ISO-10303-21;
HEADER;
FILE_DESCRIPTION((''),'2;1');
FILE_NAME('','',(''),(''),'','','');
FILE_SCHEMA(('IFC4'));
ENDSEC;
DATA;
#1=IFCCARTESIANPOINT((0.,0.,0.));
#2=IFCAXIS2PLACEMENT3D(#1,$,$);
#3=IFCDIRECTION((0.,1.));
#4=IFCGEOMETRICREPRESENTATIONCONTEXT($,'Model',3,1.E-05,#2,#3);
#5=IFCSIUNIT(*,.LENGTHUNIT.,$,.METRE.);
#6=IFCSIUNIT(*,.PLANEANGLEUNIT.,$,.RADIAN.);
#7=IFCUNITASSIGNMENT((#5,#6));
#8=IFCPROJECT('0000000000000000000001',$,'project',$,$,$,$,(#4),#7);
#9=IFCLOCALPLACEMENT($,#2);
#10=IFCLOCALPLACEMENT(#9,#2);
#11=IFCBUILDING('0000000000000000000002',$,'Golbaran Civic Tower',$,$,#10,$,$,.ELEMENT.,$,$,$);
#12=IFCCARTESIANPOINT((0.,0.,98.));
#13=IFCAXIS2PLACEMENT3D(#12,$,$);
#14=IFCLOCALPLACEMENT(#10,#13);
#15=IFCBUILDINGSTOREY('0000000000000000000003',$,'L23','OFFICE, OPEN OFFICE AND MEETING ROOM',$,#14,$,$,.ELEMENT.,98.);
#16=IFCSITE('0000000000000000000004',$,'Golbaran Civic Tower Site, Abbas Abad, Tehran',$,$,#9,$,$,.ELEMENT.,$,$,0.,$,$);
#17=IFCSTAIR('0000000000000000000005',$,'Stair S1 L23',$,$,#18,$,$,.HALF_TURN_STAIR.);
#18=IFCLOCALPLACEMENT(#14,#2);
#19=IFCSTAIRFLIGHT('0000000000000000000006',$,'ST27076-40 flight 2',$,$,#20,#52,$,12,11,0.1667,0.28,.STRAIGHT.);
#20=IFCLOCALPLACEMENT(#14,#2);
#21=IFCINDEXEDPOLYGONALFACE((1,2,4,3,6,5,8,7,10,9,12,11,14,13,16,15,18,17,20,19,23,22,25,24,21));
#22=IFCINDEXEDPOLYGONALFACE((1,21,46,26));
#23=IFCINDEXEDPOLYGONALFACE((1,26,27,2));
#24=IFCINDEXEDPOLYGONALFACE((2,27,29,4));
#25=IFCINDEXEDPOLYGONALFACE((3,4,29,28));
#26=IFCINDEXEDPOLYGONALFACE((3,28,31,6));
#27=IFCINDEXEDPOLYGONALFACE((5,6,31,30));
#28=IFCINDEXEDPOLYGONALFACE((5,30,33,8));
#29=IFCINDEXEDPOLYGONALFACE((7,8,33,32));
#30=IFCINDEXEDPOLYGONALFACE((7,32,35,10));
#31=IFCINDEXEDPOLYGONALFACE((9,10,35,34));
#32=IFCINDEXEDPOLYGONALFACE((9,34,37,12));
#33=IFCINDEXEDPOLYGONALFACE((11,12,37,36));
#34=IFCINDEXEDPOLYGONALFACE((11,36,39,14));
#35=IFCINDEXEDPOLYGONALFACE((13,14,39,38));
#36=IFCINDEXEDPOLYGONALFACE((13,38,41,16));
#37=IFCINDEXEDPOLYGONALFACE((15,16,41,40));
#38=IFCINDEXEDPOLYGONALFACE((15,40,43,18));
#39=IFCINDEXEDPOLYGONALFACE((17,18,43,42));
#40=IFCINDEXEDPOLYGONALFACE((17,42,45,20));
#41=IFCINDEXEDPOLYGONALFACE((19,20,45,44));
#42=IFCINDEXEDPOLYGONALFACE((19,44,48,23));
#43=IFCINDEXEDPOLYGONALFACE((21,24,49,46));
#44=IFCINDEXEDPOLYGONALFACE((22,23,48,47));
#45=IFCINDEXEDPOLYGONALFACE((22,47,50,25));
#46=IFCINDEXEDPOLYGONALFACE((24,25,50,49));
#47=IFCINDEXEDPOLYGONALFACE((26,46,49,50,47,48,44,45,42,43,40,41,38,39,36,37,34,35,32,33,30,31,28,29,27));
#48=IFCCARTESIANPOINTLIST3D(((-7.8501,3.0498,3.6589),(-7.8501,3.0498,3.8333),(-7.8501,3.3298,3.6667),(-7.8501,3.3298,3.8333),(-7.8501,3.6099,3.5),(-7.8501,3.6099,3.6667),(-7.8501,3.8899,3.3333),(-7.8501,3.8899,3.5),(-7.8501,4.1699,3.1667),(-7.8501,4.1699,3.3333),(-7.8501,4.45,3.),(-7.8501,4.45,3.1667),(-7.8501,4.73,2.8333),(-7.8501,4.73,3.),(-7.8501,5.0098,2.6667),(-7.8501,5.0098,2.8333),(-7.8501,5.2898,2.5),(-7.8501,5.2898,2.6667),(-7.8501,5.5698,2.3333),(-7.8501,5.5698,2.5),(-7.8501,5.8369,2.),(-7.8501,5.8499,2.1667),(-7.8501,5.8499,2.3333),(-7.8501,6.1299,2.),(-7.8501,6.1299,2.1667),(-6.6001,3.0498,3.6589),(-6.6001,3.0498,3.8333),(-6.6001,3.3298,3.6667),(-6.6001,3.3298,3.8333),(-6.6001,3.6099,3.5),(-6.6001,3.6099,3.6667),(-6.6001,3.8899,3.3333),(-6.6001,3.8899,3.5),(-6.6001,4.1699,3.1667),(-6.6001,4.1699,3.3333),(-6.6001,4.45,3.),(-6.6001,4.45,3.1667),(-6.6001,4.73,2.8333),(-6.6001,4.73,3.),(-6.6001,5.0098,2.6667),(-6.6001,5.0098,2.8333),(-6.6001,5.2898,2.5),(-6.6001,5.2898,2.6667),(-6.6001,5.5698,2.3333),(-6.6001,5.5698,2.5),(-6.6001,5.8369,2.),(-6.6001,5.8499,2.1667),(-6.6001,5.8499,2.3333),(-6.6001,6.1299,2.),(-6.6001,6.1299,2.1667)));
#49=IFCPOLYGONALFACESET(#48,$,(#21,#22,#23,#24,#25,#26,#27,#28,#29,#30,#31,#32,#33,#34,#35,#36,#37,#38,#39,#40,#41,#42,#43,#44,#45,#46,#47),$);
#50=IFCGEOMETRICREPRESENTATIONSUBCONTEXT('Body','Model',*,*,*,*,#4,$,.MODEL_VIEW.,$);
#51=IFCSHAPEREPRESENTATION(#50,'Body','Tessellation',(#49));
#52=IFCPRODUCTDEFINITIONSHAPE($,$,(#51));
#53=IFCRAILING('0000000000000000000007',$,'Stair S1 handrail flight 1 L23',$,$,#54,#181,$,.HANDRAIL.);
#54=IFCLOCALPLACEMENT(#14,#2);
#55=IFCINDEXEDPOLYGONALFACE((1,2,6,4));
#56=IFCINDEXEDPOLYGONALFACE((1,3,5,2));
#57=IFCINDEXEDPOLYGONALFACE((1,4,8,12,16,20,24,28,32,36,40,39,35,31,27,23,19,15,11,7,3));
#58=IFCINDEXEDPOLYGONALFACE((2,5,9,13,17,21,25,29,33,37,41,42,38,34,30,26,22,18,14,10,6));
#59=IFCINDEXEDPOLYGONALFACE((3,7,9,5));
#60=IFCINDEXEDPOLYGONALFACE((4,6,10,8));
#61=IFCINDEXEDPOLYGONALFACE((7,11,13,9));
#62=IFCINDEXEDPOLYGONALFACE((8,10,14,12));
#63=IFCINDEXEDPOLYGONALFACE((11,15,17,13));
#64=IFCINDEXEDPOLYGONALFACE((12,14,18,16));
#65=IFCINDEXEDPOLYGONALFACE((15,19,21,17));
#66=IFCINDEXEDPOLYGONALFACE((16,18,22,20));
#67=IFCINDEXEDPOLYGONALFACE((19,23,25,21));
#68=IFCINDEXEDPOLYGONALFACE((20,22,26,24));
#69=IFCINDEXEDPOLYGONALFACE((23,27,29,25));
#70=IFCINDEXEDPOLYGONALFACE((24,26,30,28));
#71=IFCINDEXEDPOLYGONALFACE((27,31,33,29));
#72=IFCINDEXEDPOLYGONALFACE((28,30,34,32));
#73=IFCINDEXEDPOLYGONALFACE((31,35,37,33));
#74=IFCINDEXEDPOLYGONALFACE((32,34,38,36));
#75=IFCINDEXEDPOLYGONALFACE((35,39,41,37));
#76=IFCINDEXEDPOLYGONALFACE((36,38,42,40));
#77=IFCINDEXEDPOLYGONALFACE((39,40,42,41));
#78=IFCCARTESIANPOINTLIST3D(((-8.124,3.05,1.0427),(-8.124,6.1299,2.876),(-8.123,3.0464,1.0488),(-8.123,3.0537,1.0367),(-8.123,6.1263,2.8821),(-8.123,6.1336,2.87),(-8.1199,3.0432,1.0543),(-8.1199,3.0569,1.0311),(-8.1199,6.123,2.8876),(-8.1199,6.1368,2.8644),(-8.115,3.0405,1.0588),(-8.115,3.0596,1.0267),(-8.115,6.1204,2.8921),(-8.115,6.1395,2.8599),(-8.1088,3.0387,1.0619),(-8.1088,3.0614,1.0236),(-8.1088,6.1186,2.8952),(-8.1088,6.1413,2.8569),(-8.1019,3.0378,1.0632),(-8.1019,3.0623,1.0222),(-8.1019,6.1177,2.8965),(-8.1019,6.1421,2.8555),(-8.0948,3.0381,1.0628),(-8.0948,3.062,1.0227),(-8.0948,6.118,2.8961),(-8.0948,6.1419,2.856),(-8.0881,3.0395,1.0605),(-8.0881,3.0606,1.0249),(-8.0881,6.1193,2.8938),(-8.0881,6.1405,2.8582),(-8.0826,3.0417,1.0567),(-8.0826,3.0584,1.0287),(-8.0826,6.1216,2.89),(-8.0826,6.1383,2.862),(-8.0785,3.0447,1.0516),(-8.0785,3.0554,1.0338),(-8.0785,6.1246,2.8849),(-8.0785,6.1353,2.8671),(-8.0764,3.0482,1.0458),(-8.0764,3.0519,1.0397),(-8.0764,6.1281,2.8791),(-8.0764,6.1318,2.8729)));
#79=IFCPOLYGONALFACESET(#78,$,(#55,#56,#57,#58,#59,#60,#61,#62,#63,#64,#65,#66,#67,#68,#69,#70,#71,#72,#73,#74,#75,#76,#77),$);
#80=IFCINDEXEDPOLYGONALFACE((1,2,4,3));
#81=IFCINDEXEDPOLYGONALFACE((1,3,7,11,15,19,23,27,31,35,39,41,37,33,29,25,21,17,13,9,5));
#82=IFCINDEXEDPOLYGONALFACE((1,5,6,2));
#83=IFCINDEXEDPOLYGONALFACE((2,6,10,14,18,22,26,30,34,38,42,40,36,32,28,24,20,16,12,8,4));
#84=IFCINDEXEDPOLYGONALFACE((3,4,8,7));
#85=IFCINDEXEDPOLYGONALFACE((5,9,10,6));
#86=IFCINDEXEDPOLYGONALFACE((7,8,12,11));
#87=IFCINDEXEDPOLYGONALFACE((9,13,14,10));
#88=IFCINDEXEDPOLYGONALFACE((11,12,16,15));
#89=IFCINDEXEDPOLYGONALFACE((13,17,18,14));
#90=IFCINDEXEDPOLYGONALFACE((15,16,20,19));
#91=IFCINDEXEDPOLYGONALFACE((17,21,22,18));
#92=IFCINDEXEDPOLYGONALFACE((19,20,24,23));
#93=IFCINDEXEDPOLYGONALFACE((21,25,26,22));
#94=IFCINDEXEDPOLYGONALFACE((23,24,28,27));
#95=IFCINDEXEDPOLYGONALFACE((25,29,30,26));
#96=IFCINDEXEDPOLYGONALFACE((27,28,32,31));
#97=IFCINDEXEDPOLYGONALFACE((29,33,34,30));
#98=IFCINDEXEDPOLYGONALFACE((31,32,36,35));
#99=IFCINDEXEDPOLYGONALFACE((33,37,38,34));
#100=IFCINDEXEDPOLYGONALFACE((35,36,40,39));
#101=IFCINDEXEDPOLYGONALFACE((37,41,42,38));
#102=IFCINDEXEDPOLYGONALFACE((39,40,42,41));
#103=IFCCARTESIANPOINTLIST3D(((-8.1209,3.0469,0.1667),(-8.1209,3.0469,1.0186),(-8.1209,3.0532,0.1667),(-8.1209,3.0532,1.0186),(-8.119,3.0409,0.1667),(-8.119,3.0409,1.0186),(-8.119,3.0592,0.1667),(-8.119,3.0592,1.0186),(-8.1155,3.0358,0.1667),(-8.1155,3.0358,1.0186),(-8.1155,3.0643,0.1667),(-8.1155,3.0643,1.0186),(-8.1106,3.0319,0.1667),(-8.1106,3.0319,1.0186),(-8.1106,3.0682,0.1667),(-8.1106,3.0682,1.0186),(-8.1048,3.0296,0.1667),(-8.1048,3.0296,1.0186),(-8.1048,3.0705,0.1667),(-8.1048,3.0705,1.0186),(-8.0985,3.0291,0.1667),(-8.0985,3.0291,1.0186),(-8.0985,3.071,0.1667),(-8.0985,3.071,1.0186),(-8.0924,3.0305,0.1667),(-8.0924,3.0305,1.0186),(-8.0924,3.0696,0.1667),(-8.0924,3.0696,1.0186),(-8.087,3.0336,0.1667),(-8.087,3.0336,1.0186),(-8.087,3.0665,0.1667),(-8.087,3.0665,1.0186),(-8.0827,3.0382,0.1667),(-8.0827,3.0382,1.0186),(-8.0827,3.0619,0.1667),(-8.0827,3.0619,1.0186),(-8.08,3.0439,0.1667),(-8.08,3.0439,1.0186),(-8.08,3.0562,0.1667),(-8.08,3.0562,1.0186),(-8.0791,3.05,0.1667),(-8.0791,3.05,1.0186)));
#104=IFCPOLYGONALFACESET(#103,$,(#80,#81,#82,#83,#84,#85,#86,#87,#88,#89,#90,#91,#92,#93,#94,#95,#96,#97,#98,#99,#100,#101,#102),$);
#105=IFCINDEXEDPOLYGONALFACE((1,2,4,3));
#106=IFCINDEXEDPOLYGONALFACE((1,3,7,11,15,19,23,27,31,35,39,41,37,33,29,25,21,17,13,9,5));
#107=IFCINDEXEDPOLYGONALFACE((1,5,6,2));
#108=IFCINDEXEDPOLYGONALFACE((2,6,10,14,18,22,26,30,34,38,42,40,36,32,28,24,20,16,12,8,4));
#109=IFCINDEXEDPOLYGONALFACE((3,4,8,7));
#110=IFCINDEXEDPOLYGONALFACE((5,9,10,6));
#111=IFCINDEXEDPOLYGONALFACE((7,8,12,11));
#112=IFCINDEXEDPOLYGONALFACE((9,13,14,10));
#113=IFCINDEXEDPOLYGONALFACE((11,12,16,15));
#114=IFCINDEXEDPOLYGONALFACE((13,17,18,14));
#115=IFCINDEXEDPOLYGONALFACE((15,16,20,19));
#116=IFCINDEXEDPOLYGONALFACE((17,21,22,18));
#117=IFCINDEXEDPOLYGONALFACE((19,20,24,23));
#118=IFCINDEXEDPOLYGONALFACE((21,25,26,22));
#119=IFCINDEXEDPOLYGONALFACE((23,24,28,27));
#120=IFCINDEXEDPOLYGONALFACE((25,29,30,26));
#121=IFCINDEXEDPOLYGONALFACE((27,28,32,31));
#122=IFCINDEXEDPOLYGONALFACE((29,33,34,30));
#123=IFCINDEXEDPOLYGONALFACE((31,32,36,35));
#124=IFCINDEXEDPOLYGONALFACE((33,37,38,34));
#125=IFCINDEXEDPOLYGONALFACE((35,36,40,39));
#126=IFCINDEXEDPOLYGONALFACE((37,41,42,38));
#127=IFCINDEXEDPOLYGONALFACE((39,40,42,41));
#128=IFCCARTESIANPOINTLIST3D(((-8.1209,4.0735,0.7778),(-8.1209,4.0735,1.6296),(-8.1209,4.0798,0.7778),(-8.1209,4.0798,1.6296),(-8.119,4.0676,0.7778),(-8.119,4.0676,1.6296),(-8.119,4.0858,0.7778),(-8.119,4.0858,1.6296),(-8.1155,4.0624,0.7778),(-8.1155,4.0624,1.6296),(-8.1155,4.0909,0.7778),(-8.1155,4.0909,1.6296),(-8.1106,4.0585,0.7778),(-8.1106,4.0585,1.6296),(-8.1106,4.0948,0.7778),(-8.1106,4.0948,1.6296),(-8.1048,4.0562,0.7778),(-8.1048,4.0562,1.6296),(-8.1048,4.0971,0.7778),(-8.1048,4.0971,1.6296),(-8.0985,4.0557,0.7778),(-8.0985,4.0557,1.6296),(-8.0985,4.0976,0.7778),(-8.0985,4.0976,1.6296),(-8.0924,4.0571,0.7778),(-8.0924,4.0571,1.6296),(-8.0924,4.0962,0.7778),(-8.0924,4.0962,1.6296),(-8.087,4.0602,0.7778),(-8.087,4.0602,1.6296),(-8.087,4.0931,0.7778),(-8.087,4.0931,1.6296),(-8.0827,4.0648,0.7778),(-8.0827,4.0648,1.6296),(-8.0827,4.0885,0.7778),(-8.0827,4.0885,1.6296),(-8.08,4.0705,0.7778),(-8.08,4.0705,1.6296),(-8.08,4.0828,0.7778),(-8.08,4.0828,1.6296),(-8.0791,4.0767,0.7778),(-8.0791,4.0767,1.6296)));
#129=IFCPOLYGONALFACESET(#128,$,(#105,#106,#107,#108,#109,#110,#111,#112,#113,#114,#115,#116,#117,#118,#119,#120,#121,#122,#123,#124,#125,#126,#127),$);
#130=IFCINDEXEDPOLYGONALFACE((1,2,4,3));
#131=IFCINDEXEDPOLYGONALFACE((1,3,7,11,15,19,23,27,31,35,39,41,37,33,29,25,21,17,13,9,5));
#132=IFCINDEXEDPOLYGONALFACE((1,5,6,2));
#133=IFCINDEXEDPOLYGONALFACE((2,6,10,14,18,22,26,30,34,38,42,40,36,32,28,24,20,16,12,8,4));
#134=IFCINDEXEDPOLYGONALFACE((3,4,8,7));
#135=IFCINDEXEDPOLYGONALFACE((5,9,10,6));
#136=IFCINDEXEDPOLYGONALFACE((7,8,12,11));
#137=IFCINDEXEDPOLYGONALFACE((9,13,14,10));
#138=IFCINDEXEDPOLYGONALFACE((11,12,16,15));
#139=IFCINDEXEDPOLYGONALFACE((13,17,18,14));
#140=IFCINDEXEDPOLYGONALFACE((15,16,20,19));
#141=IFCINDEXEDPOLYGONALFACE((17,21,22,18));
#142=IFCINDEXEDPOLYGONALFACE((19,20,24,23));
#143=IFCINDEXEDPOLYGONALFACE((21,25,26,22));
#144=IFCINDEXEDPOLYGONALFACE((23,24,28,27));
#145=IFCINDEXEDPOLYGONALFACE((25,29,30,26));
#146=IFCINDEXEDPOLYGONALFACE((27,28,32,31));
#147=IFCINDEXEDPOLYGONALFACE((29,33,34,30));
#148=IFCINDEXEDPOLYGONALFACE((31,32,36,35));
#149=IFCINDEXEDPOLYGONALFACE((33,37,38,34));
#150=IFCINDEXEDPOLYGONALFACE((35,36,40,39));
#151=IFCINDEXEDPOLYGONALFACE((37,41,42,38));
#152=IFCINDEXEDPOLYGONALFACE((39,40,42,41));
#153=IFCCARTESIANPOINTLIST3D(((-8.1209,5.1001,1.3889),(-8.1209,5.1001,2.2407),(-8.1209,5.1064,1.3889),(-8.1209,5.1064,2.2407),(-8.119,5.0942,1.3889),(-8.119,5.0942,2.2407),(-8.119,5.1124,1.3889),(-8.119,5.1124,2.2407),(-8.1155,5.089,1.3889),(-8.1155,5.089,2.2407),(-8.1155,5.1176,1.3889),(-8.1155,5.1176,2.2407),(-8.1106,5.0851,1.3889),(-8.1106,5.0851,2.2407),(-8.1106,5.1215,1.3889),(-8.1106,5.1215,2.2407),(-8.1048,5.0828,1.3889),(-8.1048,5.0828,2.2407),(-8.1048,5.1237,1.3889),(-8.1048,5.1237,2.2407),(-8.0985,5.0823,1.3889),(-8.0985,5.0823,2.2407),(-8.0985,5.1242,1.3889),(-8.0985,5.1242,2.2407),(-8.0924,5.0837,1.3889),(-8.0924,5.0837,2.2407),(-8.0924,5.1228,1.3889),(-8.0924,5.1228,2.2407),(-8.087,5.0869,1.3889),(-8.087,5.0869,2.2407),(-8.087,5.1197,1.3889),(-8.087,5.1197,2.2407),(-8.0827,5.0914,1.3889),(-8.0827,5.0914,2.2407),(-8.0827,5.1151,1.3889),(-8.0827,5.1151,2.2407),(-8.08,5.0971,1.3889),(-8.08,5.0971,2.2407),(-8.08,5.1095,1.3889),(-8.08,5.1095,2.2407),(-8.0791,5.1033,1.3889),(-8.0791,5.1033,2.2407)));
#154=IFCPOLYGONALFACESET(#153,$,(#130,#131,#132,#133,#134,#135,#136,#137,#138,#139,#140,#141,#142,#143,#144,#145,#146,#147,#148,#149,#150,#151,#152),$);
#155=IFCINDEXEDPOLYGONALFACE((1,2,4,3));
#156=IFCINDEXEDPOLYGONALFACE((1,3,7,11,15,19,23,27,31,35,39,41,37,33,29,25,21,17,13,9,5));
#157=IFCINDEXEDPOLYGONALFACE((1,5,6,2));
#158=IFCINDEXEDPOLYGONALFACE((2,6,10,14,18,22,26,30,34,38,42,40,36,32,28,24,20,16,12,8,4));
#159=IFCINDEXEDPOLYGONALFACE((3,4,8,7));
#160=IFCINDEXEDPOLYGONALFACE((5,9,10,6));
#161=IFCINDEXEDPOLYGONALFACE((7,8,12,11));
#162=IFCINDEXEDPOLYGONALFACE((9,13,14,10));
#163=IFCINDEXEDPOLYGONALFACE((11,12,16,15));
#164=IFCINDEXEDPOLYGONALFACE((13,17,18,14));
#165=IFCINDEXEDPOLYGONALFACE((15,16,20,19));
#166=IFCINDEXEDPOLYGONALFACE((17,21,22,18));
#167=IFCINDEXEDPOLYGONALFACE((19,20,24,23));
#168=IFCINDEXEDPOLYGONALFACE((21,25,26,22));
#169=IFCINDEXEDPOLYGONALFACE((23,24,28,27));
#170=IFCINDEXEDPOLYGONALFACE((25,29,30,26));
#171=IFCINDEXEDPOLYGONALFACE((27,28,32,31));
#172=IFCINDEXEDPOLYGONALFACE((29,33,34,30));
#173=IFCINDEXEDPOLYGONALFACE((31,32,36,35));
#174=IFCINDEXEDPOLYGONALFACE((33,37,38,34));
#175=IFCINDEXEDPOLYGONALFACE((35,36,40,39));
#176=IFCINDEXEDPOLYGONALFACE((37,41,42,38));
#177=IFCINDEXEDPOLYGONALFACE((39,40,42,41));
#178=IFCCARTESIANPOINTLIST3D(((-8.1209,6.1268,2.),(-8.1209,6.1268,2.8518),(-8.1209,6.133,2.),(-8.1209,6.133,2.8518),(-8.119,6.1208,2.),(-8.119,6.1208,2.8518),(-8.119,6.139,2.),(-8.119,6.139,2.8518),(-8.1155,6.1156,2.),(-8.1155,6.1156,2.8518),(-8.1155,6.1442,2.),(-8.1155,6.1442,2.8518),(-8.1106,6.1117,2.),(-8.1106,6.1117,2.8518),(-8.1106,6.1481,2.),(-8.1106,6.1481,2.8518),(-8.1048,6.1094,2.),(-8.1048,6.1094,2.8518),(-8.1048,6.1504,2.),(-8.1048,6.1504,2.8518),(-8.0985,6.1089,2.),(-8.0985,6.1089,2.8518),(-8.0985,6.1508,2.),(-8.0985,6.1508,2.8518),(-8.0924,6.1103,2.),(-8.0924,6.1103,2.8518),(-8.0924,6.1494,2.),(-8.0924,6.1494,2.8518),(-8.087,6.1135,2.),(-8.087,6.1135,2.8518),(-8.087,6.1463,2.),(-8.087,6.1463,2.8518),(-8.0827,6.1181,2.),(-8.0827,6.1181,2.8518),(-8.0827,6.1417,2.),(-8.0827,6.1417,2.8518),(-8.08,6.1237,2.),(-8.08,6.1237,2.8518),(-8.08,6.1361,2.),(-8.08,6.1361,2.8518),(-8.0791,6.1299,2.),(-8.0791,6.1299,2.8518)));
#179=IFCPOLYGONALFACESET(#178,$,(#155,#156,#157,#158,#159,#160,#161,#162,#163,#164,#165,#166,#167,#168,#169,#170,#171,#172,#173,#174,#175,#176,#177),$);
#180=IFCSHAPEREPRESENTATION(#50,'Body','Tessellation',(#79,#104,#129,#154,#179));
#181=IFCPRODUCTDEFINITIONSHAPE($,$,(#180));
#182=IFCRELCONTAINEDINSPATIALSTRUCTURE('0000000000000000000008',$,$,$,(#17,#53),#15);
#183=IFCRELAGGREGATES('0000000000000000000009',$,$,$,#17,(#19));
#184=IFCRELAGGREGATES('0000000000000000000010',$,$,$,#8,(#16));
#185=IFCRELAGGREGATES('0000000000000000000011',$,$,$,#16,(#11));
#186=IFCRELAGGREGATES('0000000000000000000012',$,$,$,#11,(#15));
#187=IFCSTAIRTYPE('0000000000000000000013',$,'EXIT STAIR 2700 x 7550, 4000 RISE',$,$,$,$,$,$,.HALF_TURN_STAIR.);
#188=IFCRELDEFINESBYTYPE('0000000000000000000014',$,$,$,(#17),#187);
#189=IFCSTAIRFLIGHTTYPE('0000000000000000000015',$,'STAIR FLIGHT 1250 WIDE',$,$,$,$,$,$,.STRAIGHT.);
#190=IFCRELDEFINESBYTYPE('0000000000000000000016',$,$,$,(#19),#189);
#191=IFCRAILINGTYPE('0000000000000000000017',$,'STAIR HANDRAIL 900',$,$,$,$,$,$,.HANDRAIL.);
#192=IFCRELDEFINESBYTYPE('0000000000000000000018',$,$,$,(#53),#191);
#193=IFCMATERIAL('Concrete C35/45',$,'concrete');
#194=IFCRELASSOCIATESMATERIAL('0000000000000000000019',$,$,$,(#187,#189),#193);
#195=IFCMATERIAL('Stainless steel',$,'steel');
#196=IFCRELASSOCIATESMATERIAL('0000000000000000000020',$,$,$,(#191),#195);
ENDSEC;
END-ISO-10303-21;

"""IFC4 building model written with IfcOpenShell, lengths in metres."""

from ifc_helpers import new_model, si_unit, direction, frame, origin, origin_2d, place, context, subcontext, project, spatial, polyline, circle, outline, extrude, material, type_object, element, aggregate, save


model = new_model("IFC4")

# Units and contexts
model_context = context("Model", 3, precision=1e-05, world=origin(), true_north=direction((0.0, 1.0)))
body_context = subcontext(model_context, "Body", "Model", "MODEL_VIEW")
ifc_project = project(units=[si_unit("LENGTHUNIT", "METRE"), si_unit("PLANEANGLEUNIT", "RADIAN")], contexts=[model_context])

# Site, building, storey
site_placement = place(None, origin())
site = spatial("IfcSite", under=ifc_project, at=site_placement, Name="Golbaran Civic Tower Site, Abbas Abad, Tehran", CompositionType="ELEMENT", RefElevation=0.0)
building_placement = place(site_placement, origin())
building = spatial("IfcBuilding", under=site, at=building_placement, Name="Golbaran Civic Tower", CompositionType="ELEMENT")
storey_placement = place(building_placement, frame((0.0, 0.0, 98.0)))
storey = spatial("IfcBuildingStorey", under=building, at=storey_placement, Name="L23", Description="OFFICE, OPEN OFFICE AND MEETING ROOM", CompositionType="ELEMENT", Elevation=98.0)

# Shared definitions
ifc_material_1 = material(Name="Concrete C35/45", Category="concrete")

# Stair
stair_type = type_object("IfcStairType", Name="EXIT STAIR 2700 x 7550, 4000 RISE", PredefinedType="HALF_TURN_STAIR", material=ifc_material_1)
stair_placement = place(storey_placement, origin())
stair = element("IfcStair", 1, at=stair_placement, inside=storey, type_object=stair_type, Name="Stair S1 L23", PredefinedType="HALF_TURN_STAIR")

# Shared definitions
ifc_material_2 = material(Name="Stainless steel", Category="steel")

# Stair flight
stair_flight_type = type_object("IfcStairFlightType", Name="STAIR FLIGHT 1250 WIDE", PredefinedType="STRAIGHT", material=ifc_material_1)
stair_flight_1_placement = place(storey_placement, frame((-7.2251, 6.1299, 2.0), z_axis=(0.0, 0.0, 1.0), x_axis=(0.0, -1.0, 0.0)))
stair_flight_1 = element("IfcStairFlight", 2, at=stair_flight_1_placement, type_object=stair_flight_type, Name="ST27076-40 flight 2", NumberOfRisers=12, NumberOfTreads=11, PredefinedType="STRAIGHT", RiserHeight=0.1667, TreadLength=0.28, context=body_context, shape_type="SweptSolid", body=[
    extrude(outline(polyline([(0.0, 0.0), (0.0, 0.1667), (0.28, 0.1667), (0.28, 0.3333), (0.5601, 0.3333), (0.5601, 0.5), (0.8401, 0.5), (0.8401, 0.6667), (1.1201, 0.6667), (1.1201, 0.8333), (1.3999, 0.8333), (1.3999, 1.0), (1.6799, 1.0), (1.6799, 1.1667), (1.96, 1.1667), (1.96, 1.3333), (2.24, 1.3333), (2.24, 1.5), (2.52, 1.5), (2.52, 1.6667), (2.8, 1.6667), (2.8, 1.8333), (3.0801, 1.8333), (3.0801, 2.0), (3.0801, 1.6589), (0.293, 0.0), (0.0, 0.0)])), frame((0.0, 0.625, 0.0), z_axis=(0.0, -1.0, 0.0), x_axis=(1.0, 0.0, 0.0)), (0.0, 0.0, 1.0), 1.25),
])
aggregate(stair, [stair_flight_1])

# Railing
railing_type = type_object("IfcRailingType", Name="STAIR HANDRAIL 900", PredefinedType="HANDRAIL", material=ifc_material_2)
railing_1_placement = place(storey_placement, frame((-8.1001, 3.05, 0.1667)))
element("IfcRailing", 3, at=railing_1_placement, inside=storey, type_object=railing_type, Name="Stair S1 handrail flight 1 L23", PredefinedType="HANDRAIL", context=body_context, shape_type="SweptSolid", body=[
    extrude(circle(Radius=0.0239, at=origin_2d()), frame((0.0, 0.0, 0.876), z_axis=(0.0, 0.859291, 0.511487), x_axis=(-1.0, 0.0, 0.0)), (0.0, 0.0, 1.0), 3.5842),
    extrude(circle(Radius=0.021, at=origin_2d()), origin(), (0.0, 0.0, 1.0), 0.8518),
    extrude(circle(Radius=0.021, at=origin_2d()), frame((0.0, 1.0266, 0.6111)), (0.0, 0.0, 1.0), 0.8518),
    extrude(circle(Radius=0.021, at=origin_2d()), frame((0.0, 2.0532, 1.2222)), (0.0, 0.0, 1.0), 0.8518),
    extrude(circle(Radius=0.021, at=origin_2d()), frame((0.0, 3.0798, 1.8333)), (0.0, 0.0, 1.0), 0.8518),
])

save(model, "model.ifc")
